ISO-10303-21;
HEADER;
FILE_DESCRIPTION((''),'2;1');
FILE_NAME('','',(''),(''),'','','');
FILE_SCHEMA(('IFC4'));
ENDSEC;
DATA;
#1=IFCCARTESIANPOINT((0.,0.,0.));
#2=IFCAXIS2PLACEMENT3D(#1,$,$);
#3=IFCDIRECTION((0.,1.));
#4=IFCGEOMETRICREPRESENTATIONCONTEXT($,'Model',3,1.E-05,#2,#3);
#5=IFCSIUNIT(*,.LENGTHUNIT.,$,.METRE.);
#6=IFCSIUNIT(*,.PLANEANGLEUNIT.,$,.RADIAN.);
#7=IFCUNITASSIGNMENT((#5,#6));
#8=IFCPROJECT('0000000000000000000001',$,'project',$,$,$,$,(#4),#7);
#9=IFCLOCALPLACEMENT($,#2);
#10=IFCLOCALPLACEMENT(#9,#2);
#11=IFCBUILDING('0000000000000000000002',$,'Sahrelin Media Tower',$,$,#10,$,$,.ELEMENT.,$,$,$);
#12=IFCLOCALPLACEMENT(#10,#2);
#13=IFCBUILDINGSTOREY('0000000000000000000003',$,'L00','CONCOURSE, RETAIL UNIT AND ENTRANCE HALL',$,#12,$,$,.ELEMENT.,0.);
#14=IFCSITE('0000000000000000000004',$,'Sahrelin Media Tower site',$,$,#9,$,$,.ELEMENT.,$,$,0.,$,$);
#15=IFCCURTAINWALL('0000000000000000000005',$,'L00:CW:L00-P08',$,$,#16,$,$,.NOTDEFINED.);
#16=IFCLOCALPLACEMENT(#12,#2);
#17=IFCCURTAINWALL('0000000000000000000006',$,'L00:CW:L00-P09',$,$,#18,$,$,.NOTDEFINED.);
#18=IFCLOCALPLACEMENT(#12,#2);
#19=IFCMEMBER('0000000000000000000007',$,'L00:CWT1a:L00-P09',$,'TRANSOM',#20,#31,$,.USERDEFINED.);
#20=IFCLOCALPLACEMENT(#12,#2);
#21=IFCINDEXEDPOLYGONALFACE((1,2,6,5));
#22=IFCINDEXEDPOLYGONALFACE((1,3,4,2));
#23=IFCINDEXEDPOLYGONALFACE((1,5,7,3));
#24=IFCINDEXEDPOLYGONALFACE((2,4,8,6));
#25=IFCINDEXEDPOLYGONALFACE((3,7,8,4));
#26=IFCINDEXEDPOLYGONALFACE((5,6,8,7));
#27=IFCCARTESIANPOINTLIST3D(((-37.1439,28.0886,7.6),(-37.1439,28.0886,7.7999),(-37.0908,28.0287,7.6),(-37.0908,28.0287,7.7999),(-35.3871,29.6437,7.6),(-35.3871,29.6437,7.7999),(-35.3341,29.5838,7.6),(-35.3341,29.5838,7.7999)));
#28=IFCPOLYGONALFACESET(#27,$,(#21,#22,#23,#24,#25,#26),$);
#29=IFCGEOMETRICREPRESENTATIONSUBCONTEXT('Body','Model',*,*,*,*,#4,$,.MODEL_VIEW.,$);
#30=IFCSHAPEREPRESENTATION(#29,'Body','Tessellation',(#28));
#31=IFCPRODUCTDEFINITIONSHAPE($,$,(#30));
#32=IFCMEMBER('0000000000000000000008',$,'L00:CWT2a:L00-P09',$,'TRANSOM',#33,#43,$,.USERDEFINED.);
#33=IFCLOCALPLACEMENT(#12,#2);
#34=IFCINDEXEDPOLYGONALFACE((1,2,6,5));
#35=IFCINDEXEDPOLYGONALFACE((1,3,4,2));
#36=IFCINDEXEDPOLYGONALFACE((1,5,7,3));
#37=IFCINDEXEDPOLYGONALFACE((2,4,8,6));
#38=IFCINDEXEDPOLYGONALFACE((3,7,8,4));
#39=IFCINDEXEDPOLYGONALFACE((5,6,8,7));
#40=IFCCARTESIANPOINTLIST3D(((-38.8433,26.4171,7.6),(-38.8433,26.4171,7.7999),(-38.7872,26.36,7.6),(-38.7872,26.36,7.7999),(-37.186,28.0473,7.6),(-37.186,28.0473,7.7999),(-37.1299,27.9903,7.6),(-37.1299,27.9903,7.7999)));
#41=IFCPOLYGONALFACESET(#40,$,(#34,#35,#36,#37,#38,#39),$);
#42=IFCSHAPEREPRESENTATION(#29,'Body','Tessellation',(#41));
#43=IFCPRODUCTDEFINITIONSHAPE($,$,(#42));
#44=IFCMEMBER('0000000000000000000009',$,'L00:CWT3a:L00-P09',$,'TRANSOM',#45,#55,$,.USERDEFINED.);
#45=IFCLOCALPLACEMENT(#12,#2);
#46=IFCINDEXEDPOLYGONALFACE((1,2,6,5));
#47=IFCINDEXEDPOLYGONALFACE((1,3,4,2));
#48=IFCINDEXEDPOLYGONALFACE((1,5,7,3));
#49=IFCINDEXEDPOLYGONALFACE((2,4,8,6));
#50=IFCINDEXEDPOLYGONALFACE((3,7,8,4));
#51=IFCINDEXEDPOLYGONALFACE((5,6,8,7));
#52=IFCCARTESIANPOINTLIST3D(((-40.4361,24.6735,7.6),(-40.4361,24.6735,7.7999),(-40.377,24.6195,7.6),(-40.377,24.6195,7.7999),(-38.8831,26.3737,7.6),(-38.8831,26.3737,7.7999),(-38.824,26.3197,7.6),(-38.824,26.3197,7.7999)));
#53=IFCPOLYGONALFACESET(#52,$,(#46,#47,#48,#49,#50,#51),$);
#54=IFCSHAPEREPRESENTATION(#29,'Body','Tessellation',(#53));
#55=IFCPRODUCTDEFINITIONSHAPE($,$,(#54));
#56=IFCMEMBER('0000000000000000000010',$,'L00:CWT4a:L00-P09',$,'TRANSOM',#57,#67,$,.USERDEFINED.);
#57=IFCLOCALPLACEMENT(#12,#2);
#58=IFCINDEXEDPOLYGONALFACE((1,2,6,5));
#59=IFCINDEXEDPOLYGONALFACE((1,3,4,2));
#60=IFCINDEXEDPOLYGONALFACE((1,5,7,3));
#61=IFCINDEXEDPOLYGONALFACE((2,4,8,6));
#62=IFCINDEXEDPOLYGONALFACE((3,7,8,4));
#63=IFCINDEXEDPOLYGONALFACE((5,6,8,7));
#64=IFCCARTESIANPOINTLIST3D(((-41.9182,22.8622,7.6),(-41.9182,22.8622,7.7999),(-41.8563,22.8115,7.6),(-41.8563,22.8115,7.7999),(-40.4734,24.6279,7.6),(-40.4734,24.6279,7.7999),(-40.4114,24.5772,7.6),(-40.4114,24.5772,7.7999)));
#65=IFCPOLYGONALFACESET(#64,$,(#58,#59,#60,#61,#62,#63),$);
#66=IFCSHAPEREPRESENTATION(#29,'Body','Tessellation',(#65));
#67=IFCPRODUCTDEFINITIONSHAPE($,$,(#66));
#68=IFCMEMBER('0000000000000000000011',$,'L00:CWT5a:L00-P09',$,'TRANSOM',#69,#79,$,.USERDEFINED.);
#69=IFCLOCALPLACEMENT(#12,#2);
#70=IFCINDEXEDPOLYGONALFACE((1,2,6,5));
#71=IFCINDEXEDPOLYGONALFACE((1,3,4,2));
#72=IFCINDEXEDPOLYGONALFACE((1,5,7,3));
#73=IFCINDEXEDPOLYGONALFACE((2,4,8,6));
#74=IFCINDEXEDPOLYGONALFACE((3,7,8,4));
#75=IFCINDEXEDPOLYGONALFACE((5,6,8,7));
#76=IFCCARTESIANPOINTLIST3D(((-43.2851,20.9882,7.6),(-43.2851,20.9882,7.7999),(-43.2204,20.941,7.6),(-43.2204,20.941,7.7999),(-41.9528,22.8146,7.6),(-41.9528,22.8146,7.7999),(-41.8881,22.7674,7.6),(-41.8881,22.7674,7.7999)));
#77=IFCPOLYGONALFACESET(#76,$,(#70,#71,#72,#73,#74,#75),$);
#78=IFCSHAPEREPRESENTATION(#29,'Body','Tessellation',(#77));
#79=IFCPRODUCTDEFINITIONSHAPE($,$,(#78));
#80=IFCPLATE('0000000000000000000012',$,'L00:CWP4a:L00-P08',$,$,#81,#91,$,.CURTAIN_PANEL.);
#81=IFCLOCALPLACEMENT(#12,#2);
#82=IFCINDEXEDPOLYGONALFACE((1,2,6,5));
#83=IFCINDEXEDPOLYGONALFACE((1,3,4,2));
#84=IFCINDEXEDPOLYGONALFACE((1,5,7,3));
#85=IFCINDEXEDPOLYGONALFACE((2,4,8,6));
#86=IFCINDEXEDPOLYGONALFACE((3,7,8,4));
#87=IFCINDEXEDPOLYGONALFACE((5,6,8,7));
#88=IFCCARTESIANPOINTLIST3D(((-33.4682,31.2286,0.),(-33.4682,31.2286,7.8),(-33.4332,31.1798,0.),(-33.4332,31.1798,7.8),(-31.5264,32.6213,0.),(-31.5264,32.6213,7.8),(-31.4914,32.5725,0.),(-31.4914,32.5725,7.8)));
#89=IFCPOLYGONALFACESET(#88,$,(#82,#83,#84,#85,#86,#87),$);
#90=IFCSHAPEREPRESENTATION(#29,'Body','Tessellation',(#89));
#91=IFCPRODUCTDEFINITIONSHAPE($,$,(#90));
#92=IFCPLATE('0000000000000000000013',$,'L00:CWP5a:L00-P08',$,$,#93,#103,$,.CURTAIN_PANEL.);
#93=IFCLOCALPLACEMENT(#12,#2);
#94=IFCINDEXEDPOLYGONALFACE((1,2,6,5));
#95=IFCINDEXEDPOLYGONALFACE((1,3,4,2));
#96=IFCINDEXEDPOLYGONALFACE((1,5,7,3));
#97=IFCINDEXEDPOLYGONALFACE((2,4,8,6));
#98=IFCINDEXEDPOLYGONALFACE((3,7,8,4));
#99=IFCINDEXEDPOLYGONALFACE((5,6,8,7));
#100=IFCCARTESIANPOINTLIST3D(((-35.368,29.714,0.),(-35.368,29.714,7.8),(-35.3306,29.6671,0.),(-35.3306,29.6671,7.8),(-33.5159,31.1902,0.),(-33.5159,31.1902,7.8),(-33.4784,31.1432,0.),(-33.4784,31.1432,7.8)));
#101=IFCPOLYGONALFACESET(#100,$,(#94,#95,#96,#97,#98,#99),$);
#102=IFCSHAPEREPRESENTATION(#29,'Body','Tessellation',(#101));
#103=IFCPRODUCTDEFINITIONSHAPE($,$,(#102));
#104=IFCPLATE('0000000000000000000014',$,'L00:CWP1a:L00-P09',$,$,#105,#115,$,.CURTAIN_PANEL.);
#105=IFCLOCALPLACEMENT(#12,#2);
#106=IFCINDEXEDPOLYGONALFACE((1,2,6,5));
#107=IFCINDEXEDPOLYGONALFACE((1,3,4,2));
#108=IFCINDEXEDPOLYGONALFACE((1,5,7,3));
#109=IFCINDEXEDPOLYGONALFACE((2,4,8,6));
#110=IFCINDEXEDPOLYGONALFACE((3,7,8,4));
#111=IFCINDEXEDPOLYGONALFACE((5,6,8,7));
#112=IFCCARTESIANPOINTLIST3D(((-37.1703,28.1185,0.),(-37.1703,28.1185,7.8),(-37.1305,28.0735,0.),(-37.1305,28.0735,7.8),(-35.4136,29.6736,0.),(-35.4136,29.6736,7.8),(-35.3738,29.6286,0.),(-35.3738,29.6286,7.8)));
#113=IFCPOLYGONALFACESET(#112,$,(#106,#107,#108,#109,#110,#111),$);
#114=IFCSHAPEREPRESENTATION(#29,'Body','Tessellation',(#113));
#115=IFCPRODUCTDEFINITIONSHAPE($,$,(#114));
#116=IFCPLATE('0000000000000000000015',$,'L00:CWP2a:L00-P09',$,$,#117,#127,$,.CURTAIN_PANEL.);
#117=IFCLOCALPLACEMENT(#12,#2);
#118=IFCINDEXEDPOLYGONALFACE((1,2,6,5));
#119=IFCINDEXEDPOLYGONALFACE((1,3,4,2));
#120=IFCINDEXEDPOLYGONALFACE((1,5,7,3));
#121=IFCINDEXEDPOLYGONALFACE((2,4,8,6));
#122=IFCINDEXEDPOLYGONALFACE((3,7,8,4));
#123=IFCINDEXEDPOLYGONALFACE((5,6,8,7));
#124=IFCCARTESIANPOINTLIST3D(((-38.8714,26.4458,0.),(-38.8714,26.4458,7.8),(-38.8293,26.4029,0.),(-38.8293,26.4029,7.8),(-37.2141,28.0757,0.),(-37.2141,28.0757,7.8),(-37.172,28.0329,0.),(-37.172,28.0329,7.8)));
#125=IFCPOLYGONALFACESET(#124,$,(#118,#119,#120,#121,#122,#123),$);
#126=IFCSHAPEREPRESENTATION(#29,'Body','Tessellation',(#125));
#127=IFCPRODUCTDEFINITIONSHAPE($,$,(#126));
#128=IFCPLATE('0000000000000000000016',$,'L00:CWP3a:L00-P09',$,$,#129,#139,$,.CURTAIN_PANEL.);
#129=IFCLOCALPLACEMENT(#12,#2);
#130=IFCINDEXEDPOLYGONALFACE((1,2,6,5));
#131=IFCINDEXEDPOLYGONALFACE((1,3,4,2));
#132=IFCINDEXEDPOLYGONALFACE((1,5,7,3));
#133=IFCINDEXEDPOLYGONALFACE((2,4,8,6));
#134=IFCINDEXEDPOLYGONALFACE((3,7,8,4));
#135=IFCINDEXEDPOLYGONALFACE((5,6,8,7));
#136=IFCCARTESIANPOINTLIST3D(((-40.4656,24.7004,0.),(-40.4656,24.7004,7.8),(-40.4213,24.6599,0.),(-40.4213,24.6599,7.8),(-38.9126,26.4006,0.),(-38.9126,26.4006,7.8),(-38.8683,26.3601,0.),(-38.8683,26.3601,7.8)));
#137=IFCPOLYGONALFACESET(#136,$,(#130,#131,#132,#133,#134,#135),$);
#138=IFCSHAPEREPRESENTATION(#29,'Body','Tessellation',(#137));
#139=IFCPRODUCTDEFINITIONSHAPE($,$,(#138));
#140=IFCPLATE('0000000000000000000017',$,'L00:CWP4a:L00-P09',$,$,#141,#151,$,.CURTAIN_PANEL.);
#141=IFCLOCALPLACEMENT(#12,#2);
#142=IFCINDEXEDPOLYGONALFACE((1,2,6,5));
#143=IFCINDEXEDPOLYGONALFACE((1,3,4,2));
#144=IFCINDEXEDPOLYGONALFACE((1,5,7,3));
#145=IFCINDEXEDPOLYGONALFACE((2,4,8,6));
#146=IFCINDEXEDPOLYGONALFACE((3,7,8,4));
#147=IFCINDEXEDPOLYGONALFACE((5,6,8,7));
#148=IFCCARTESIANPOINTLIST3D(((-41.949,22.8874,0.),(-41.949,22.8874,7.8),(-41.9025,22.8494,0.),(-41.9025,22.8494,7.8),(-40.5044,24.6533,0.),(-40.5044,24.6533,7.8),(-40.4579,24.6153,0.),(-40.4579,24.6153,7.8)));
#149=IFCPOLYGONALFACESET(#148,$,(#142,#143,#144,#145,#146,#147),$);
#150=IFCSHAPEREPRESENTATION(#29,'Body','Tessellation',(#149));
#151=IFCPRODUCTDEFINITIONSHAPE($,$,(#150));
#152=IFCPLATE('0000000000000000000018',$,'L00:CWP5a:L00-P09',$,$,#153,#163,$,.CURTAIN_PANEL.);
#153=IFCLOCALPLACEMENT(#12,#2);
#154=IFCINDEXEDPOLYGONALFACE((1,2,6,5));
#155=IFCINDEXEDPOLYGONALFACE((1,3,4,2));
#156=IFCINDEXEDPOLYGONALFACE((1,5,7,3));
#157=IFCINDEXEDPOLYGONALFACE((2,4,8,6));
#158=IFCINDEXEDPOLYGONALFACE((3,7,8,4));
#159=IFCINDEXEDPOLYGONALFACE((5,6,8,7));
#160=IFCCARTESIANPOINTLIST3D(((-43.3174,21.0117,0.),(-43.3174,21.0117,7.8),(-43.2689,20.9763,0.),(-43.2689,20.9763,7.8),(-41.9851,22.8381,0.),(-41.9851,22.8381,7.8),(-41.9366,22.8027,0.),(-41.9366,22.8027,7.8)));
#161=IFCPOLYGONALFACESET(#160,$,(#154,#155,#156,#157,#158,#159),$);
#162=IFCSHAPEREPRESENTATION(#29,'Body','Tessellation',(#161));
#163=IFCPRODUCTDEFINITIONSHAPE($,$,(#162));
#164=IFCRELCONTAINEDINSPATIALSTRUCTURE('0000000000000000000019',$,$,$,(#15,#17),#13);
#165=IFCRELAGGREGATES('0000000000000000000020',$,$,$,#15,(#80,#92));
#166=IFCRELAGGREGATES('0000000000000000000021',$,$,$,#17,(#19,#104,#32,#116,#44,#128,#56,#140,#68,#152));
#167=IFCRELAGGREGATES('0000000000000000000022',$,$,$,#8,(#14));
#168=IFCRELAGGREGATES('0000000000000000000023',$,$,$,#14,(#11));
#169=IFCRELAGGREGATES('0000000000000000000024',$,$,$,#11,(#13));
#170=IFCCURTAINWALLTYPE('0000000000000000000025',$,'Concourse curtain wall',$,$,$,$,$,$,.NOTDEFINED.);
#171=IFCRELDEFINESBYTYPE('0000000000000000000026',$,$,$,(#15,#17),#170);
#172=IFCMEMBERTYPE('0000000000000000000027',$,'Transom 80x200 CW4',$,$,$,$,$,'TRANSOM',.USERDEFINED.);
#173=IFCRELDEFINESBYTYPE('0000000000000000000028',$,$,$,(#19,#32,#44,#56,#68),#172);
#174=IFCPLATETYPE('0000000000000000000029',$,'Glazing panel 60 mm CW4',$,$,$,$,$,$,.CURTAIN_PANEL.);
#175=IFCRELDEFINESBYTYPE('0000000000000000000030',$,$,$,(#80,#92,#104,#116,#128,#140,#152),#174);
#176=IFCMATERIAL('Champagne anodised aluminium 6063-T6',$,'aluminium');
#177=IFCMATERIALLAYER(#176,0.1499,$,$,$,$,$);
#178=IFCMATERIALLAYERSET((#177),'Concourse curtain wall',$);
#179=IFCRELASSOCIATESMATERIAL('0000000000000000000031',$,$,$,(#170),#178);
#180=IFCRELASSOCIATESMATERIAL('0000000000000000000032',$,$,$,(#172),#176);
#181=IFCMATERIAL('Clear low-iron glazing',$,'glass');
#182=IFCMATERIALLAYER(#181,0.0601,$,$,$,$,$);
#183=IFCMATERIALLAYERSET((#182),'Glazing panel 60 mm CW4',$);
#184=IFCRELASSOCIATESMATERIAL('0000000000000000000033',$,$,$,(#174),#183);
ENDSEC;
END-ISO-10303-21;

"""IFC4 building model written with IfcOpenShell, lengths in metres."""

from ifc_helpers import new_model, si_unit, direction, frame, origin, origin_2d, place, context, subcontext, project, spatial, polyline, rectangle, outline, extrude, material, layer, layer_set, material_profile, profile_set, type_object, element, aggregate, save


model = new_model("IFC4")

# Units and contexts
model_context = context("Model", 3, precision=1e-05, world=origin(), true_north=direction((0.0, 1.0)))
body_context = subcontext(model_context, "Body", "Model", "MODEL_VIEW")
ifc_project = project(units=[si_unit("LENGTHUNIT", "METRE"), si_unit("PLANEANGLEUNIT", "RADIAN")], contexts=[model_context])

# Site, building, storey
site_placement = place(None, origin())
site = spatial("IfcSite", under=ifc_project, at=site_placement, Name="Sahrelin Media Tower site", CompositionType="ELEMENT", RefElevation=0.0)
building_placement = place(site_placement, origin())
building = spatial("IfcBuilding", under=site, at=building_placement, Name="Sahrelin Media Tower", CompositionType="ELEMENT")
storey_placement = place(building_placement, origin())
storey = spatial("IfcBuildingStorey", under=building, at=storey_placement, Name="L00", Description="CONCOURSE, RETAIL UNIT AND ENTRANCE HALL", CompositionType="ELEMENT", Elevation=0.0)

# Curtain walls
ifc_material_1 = material(Name="Champagne anodised aluminium 6063-T6", Category="aluminium")
ifc_layer_1 = layer(ifc_material_1, 0.1499)
ifc_layer_set_1 = layer_set([ifc_layer_1], Name="Concourse curtain wall")
curtain_wall_type = type_object("IfcCurtainWallType", Name="Concourse curtain wall", PredefinedType="NOTDEFINED", material=ifc_layer_set_1)
curtain_wall_1_placement = place(storey_placement, frame((-25.0, 36.373, 0.0), z_axis=(0.0, 0.0, 1.0), x_axis=(1.0, 0.0, 0.0)))
curtain_wall_1 = element("IfcCurtainWall", 1, at=curtain_wall_1_placement, inside=storey, type_object=curtain_wall_type, Name="L00:CW:L00-P08", PredefinedType="NOTDEFINED")
curtain_wall_2_placement = place(storey_placement, frame((-35.3552, 29.6985, 0.0), z_axis=(0.0, 0.0, 1.0), x_axis=(1.0, 0.0, 0.0)))
curtain_wall_2 = element("IfcCurtainWall", 2, at=curtain_wall_2_placement, inside=storey, type_object=curtain_wall_type, Name="L00:CW:L00-P09", PredefinedType="NOTDEFINED")

# Members
ifc_material_profile_1 = material_profile(ifc_material_1, rectangle(XDim=0.0801, YDim=0.2, at=origin_2d()), Name="Transom 80x200")
ifc_profile_set_1 = profile_set([ifc_material_profile_1], Name="Champagne anodised aluminium 6063-T6")
member_type_1 = type_object("IfcMemberType", Name="Transom 80x200 CW4", ElementType="TRANSOM", PredefinedType="USERDEFINED", material=ifc_profile_set_1)
member_1_placement = place(storey_placement, frame((-35.3606, 29.6138, 7.7), z_axis=(-0.748774, -0.662825, 0.0), x_axis=(0.662825, -0.748774, 0.0)))
member_1 = element("IfcMember", 3, at=member_1_placement, type_object=member_type_1, Name="L00:CWT1a:L00-P09", ObjectType="TRANSOM", PredefinedType="USERDEFINED", context=body_context, shape_type="SweptSolid", body=[
    extrude(rectangle(XDim=0.0801, YDim=0.2, at=origin_2d()), origin(), (0.0, 0.0, 1.0), 2.3462),
])
member_2_placement = place(storey_placement, frame((-37.158, 28.0188, 7.7), z_axis=(-0.712912, -0.701254, 0.0), x_axis=(0.701254, -0.712912, 0.0)))
member_2 = element("IfcMember", 4, at=member_2_placement, type_object=member_type_1, Name="L00:CWT2a:L00-P09", ObjectType="TRANSOM", PredefinedType="USERDEFINED", context=body_context, shape_type="SweptSolid", body=[
    extrude(rectangle(XDim=0.0801, YDim=0.2, at=origin_2d()), origin(), (0.0, 0.0, 1.0), 2.3247),
])
member_3_placement = place(storey_placement, frame((-38.8535, 26.3467, 7.7), z_axis=(-0.674418, -0.73835, 0.0), x_axis=(0.73835, -0.674418, 0.0)))
member_3 = element("IfcMember", 5, at=member_3_placement, type_object=member_type_1, Name="L00:CWT3a:L00-P09", ObjectType="TRANSOM", PredefinedType="USERDEFINED", context=body_context, shape_type="SweptSolid", body=[
    extrude(rectangle(XDim=0.0801, YDim=0.2, at=origin_2d()), origin(), (0.0, 0.0, 1.0), 2.3027),
])
member_4_placement = place(storey_placement, frame((-40.4424, 24.6025, 7.7), z_axis=(-0.633296, -0.77391, 0.0), x_axis=(0.77391, -0.633296, 0.0)))
member_4 = element("IfcMember", 6, at=member_4_placement, type_object=member_type_1, Name="L00:CWT4a:L00-P09", ObjectType="TRANSOM", PredefinedType="USERDEFINED", context=body_context, shape_type="SweptSolid", body=[
    extrude(rectangle(XDim=0.0801, YDim=0.2, at=origin_2d()), origin(), (0.0, 0.0, 1.0), 2.2815),
])
member_5_placement = place(storey_placement, frame((-41.9204, 22.791, 7.7), z_axis=(-0.589321, -0.807899, 0.0), x_axis=(0.807899, -0.589321, 0.0)))
member_5 = element("IfcMember", 7, at=member_5_placement, type_object=member_type_1, Name="L00:CWT5a:L00-P09", ObjectType="TRANSOM", PredefinedType="USERDEFINED", context=body_context, shape_type="SweptSolid", body=[
    extrude(rectangle(XDim=0.0801, YDim=0.2, at=origin_2d()), origin(), (0.0, 0.0, 1.0), 2.2607),
])

# Plates
ifc_material_2 = material(Name="Clear low-iron glazing", Category="glass")
ifc_layer_2 = layer(ifc_material_2, 0.0601)
ifc_layer_set_2 = layer_set([ifc_layer_2], Name="Glazing panel 60 mm CW4")
plate_type = type_object("IfcPlateType", Name="Glazing panel 60 mm CW4", PredefinedType="CURTAIN_PANEL", material=ifc_layer_set_2)
plate_1_placement = place(storey_placement, frame((-31.5264, 32.6213, 0.0), z_axis=(-0.582832, 0.812593, 0.0), x_axis=(-0.812593, -0.582832, 0.0)))
plate_1 = element("IfcPlate", 8, at=plate_1_placement, type_object=plate_type, Name="L00:CWP4a:L00-P08", PredefinedType="CURTAIN_PANEL", context=body_context, shape_type="SweptSolid", body=[
    extrude(outline(polyline([(0.0, 0.0), (2.3896, 0.0), (2.3896, 7.8), (0.0, 7.8), (0.0, 0.0)])), origin(), (0.0, 0.0, -1.0), 0.0601),
])
plate_2_placement = place(storey_placement, frame((-33.5159, 31.1902, 0.0), z_axis=(-0.623261, 0.782014, 0.0), x_axis=(-0.782014, -0.623261, 0.0)))
plate_2 = element("IfcPlate", 9, at=plate_2_placement, type_object=plate_type, Name="L00:CWP5a:L00-P08", PredefinedType="CURTAIN_PANEL", context=body_context, shape_type="SweptSolid", body=[
    extrude(outline(polyline([(0.0, 0.0), (2.3684, 0.0), (2.3684, 7.8), (0.0, 7.8), (0.0, 0.0)])), origin(), (0.0, 0.0, -1.0), 0.0601),
])
aggregate(curtain_wall_1, [plate_1, plate_2])
plate_3_placement = place(storey_placement, frame((-35.4136, 29.6736, 0.0), z_axis=(-0.662825, 0.748774, 0.0), x_axis=(-0.748774, -0.662825, 0.0)))
plate_3 = element("IfcPlate", 10, at=plate_3_placement, type_object=plate_type, Name="L00:CWP1a:L00-P09", PredefinedType="CURTAIN_PANEL", context=body_context, shape_type="SweptSolid", body=[
    extrude(outline(polyline([(0.0, 0.0), (2.3462, 0.0), (2.3462, 7.8), (0.0, 7.8), (0.0, 0.0)])), origin(), (0.0, 0.0, -1.0), 0.0601),
])
plate_4_placement = place(storey_placement, frame((-37.2141, 28.0757, 0.0), z_axis=(-0.7012, 0.712964, 0.0), x_axis=(-0.712964, -0.7012, 0.0)))
plate_4 = element("IfcPlate", 11, at=plate_4_placement, type_object=plate_type, Name="L00:CWP2a:L00-P09", PredefinedType="CURTAIN_PANEL", context=body_context, shape_type="SweptSolid", body=[
    extrude(outline(polyline([(0.0, 0.0), (2.3245, 0.0), (2.3245, 7.8), (0.0, 7.8), (0.0, 0.0)])), origin(), (0.0, 0.0, -1.0), 0.0601),
])
plate_5_placement = place(storey_placement, frame((-38.9126, 26.4006, 0.0), z_axis=(-0.73835, 0.674418, 0.0), x_axis=(-0.674418, -0.73835, 0.0)))
plate_5 = element("IfcPlate", 12, at=plate_5_placement, type_object=plate_type, Name="L00:CWP3a:L00-P09", PredefinedType="CURTAIN_PANEL", context=body_context, shape_type="SweptSolid", body=[
    extrude(outline(polyline([(0.0, 0.0), (2.3027, 0.0), (2.3027, 7.8), (0.0, 7.8), (0.0, 0.0)])), origin(), (0.0, 0.0, -1.0), 0.0601),
])
plate_6_placement = place(storey_placement, frame((-40.5044, 24.6533, 0.0), z_axis=(-0.774005, 0.63318, 0.0), x_axis=(-0.63318, -0.774005, 0.0)))
plate_6 = element("IfcPlate", 13, at=plate_6_placement, type_object=plate_type, Name="L00:CWP4a:L00-P09", PredefinedType="CURTAIN_PANEL", context=body_context, shape_type="SweptSolid", body=[
    extrude(outline(polyline([(0.0, 0.0), (2.2815, 0.0), (2.2815, 7.8), (0.0, 7.8), (0.0, 0.0)])), origin(), (0.0, 0.0, -1.0), 0.0601),
])
plate_7_placement = place(storey_placement, frame((-41.9851, 22.8381, 0.0), z_axis=(-0.807899, 0.589321, 0.0), x_axis=(-0.589321, -0.807899, 0.0)))
plate_7 = element("IfcPlate", 14, at=plate_7_placement, type_object=plate_type, Name="L00:CWP5a:L00-P09", PredefinedType="CURTAIN_PANEL", context=body_context, shape_type="SweptSolid", body=[
    extrude(outline(polyline([(0.0, 0.0), (2.2607, 0.0), (2.2607, 7.8), (0.0, 7.8), (0.0, 0.0)])), origin(), (0.0, 0.0, -1.0), 0.0601),
])
aggregate(curtain_wall_2, [member_1, plate_3, member_2, plate_4, member_3, plate_5, member_4, plate_6, member_5, plate_7])

save(model, "model.ifc")
